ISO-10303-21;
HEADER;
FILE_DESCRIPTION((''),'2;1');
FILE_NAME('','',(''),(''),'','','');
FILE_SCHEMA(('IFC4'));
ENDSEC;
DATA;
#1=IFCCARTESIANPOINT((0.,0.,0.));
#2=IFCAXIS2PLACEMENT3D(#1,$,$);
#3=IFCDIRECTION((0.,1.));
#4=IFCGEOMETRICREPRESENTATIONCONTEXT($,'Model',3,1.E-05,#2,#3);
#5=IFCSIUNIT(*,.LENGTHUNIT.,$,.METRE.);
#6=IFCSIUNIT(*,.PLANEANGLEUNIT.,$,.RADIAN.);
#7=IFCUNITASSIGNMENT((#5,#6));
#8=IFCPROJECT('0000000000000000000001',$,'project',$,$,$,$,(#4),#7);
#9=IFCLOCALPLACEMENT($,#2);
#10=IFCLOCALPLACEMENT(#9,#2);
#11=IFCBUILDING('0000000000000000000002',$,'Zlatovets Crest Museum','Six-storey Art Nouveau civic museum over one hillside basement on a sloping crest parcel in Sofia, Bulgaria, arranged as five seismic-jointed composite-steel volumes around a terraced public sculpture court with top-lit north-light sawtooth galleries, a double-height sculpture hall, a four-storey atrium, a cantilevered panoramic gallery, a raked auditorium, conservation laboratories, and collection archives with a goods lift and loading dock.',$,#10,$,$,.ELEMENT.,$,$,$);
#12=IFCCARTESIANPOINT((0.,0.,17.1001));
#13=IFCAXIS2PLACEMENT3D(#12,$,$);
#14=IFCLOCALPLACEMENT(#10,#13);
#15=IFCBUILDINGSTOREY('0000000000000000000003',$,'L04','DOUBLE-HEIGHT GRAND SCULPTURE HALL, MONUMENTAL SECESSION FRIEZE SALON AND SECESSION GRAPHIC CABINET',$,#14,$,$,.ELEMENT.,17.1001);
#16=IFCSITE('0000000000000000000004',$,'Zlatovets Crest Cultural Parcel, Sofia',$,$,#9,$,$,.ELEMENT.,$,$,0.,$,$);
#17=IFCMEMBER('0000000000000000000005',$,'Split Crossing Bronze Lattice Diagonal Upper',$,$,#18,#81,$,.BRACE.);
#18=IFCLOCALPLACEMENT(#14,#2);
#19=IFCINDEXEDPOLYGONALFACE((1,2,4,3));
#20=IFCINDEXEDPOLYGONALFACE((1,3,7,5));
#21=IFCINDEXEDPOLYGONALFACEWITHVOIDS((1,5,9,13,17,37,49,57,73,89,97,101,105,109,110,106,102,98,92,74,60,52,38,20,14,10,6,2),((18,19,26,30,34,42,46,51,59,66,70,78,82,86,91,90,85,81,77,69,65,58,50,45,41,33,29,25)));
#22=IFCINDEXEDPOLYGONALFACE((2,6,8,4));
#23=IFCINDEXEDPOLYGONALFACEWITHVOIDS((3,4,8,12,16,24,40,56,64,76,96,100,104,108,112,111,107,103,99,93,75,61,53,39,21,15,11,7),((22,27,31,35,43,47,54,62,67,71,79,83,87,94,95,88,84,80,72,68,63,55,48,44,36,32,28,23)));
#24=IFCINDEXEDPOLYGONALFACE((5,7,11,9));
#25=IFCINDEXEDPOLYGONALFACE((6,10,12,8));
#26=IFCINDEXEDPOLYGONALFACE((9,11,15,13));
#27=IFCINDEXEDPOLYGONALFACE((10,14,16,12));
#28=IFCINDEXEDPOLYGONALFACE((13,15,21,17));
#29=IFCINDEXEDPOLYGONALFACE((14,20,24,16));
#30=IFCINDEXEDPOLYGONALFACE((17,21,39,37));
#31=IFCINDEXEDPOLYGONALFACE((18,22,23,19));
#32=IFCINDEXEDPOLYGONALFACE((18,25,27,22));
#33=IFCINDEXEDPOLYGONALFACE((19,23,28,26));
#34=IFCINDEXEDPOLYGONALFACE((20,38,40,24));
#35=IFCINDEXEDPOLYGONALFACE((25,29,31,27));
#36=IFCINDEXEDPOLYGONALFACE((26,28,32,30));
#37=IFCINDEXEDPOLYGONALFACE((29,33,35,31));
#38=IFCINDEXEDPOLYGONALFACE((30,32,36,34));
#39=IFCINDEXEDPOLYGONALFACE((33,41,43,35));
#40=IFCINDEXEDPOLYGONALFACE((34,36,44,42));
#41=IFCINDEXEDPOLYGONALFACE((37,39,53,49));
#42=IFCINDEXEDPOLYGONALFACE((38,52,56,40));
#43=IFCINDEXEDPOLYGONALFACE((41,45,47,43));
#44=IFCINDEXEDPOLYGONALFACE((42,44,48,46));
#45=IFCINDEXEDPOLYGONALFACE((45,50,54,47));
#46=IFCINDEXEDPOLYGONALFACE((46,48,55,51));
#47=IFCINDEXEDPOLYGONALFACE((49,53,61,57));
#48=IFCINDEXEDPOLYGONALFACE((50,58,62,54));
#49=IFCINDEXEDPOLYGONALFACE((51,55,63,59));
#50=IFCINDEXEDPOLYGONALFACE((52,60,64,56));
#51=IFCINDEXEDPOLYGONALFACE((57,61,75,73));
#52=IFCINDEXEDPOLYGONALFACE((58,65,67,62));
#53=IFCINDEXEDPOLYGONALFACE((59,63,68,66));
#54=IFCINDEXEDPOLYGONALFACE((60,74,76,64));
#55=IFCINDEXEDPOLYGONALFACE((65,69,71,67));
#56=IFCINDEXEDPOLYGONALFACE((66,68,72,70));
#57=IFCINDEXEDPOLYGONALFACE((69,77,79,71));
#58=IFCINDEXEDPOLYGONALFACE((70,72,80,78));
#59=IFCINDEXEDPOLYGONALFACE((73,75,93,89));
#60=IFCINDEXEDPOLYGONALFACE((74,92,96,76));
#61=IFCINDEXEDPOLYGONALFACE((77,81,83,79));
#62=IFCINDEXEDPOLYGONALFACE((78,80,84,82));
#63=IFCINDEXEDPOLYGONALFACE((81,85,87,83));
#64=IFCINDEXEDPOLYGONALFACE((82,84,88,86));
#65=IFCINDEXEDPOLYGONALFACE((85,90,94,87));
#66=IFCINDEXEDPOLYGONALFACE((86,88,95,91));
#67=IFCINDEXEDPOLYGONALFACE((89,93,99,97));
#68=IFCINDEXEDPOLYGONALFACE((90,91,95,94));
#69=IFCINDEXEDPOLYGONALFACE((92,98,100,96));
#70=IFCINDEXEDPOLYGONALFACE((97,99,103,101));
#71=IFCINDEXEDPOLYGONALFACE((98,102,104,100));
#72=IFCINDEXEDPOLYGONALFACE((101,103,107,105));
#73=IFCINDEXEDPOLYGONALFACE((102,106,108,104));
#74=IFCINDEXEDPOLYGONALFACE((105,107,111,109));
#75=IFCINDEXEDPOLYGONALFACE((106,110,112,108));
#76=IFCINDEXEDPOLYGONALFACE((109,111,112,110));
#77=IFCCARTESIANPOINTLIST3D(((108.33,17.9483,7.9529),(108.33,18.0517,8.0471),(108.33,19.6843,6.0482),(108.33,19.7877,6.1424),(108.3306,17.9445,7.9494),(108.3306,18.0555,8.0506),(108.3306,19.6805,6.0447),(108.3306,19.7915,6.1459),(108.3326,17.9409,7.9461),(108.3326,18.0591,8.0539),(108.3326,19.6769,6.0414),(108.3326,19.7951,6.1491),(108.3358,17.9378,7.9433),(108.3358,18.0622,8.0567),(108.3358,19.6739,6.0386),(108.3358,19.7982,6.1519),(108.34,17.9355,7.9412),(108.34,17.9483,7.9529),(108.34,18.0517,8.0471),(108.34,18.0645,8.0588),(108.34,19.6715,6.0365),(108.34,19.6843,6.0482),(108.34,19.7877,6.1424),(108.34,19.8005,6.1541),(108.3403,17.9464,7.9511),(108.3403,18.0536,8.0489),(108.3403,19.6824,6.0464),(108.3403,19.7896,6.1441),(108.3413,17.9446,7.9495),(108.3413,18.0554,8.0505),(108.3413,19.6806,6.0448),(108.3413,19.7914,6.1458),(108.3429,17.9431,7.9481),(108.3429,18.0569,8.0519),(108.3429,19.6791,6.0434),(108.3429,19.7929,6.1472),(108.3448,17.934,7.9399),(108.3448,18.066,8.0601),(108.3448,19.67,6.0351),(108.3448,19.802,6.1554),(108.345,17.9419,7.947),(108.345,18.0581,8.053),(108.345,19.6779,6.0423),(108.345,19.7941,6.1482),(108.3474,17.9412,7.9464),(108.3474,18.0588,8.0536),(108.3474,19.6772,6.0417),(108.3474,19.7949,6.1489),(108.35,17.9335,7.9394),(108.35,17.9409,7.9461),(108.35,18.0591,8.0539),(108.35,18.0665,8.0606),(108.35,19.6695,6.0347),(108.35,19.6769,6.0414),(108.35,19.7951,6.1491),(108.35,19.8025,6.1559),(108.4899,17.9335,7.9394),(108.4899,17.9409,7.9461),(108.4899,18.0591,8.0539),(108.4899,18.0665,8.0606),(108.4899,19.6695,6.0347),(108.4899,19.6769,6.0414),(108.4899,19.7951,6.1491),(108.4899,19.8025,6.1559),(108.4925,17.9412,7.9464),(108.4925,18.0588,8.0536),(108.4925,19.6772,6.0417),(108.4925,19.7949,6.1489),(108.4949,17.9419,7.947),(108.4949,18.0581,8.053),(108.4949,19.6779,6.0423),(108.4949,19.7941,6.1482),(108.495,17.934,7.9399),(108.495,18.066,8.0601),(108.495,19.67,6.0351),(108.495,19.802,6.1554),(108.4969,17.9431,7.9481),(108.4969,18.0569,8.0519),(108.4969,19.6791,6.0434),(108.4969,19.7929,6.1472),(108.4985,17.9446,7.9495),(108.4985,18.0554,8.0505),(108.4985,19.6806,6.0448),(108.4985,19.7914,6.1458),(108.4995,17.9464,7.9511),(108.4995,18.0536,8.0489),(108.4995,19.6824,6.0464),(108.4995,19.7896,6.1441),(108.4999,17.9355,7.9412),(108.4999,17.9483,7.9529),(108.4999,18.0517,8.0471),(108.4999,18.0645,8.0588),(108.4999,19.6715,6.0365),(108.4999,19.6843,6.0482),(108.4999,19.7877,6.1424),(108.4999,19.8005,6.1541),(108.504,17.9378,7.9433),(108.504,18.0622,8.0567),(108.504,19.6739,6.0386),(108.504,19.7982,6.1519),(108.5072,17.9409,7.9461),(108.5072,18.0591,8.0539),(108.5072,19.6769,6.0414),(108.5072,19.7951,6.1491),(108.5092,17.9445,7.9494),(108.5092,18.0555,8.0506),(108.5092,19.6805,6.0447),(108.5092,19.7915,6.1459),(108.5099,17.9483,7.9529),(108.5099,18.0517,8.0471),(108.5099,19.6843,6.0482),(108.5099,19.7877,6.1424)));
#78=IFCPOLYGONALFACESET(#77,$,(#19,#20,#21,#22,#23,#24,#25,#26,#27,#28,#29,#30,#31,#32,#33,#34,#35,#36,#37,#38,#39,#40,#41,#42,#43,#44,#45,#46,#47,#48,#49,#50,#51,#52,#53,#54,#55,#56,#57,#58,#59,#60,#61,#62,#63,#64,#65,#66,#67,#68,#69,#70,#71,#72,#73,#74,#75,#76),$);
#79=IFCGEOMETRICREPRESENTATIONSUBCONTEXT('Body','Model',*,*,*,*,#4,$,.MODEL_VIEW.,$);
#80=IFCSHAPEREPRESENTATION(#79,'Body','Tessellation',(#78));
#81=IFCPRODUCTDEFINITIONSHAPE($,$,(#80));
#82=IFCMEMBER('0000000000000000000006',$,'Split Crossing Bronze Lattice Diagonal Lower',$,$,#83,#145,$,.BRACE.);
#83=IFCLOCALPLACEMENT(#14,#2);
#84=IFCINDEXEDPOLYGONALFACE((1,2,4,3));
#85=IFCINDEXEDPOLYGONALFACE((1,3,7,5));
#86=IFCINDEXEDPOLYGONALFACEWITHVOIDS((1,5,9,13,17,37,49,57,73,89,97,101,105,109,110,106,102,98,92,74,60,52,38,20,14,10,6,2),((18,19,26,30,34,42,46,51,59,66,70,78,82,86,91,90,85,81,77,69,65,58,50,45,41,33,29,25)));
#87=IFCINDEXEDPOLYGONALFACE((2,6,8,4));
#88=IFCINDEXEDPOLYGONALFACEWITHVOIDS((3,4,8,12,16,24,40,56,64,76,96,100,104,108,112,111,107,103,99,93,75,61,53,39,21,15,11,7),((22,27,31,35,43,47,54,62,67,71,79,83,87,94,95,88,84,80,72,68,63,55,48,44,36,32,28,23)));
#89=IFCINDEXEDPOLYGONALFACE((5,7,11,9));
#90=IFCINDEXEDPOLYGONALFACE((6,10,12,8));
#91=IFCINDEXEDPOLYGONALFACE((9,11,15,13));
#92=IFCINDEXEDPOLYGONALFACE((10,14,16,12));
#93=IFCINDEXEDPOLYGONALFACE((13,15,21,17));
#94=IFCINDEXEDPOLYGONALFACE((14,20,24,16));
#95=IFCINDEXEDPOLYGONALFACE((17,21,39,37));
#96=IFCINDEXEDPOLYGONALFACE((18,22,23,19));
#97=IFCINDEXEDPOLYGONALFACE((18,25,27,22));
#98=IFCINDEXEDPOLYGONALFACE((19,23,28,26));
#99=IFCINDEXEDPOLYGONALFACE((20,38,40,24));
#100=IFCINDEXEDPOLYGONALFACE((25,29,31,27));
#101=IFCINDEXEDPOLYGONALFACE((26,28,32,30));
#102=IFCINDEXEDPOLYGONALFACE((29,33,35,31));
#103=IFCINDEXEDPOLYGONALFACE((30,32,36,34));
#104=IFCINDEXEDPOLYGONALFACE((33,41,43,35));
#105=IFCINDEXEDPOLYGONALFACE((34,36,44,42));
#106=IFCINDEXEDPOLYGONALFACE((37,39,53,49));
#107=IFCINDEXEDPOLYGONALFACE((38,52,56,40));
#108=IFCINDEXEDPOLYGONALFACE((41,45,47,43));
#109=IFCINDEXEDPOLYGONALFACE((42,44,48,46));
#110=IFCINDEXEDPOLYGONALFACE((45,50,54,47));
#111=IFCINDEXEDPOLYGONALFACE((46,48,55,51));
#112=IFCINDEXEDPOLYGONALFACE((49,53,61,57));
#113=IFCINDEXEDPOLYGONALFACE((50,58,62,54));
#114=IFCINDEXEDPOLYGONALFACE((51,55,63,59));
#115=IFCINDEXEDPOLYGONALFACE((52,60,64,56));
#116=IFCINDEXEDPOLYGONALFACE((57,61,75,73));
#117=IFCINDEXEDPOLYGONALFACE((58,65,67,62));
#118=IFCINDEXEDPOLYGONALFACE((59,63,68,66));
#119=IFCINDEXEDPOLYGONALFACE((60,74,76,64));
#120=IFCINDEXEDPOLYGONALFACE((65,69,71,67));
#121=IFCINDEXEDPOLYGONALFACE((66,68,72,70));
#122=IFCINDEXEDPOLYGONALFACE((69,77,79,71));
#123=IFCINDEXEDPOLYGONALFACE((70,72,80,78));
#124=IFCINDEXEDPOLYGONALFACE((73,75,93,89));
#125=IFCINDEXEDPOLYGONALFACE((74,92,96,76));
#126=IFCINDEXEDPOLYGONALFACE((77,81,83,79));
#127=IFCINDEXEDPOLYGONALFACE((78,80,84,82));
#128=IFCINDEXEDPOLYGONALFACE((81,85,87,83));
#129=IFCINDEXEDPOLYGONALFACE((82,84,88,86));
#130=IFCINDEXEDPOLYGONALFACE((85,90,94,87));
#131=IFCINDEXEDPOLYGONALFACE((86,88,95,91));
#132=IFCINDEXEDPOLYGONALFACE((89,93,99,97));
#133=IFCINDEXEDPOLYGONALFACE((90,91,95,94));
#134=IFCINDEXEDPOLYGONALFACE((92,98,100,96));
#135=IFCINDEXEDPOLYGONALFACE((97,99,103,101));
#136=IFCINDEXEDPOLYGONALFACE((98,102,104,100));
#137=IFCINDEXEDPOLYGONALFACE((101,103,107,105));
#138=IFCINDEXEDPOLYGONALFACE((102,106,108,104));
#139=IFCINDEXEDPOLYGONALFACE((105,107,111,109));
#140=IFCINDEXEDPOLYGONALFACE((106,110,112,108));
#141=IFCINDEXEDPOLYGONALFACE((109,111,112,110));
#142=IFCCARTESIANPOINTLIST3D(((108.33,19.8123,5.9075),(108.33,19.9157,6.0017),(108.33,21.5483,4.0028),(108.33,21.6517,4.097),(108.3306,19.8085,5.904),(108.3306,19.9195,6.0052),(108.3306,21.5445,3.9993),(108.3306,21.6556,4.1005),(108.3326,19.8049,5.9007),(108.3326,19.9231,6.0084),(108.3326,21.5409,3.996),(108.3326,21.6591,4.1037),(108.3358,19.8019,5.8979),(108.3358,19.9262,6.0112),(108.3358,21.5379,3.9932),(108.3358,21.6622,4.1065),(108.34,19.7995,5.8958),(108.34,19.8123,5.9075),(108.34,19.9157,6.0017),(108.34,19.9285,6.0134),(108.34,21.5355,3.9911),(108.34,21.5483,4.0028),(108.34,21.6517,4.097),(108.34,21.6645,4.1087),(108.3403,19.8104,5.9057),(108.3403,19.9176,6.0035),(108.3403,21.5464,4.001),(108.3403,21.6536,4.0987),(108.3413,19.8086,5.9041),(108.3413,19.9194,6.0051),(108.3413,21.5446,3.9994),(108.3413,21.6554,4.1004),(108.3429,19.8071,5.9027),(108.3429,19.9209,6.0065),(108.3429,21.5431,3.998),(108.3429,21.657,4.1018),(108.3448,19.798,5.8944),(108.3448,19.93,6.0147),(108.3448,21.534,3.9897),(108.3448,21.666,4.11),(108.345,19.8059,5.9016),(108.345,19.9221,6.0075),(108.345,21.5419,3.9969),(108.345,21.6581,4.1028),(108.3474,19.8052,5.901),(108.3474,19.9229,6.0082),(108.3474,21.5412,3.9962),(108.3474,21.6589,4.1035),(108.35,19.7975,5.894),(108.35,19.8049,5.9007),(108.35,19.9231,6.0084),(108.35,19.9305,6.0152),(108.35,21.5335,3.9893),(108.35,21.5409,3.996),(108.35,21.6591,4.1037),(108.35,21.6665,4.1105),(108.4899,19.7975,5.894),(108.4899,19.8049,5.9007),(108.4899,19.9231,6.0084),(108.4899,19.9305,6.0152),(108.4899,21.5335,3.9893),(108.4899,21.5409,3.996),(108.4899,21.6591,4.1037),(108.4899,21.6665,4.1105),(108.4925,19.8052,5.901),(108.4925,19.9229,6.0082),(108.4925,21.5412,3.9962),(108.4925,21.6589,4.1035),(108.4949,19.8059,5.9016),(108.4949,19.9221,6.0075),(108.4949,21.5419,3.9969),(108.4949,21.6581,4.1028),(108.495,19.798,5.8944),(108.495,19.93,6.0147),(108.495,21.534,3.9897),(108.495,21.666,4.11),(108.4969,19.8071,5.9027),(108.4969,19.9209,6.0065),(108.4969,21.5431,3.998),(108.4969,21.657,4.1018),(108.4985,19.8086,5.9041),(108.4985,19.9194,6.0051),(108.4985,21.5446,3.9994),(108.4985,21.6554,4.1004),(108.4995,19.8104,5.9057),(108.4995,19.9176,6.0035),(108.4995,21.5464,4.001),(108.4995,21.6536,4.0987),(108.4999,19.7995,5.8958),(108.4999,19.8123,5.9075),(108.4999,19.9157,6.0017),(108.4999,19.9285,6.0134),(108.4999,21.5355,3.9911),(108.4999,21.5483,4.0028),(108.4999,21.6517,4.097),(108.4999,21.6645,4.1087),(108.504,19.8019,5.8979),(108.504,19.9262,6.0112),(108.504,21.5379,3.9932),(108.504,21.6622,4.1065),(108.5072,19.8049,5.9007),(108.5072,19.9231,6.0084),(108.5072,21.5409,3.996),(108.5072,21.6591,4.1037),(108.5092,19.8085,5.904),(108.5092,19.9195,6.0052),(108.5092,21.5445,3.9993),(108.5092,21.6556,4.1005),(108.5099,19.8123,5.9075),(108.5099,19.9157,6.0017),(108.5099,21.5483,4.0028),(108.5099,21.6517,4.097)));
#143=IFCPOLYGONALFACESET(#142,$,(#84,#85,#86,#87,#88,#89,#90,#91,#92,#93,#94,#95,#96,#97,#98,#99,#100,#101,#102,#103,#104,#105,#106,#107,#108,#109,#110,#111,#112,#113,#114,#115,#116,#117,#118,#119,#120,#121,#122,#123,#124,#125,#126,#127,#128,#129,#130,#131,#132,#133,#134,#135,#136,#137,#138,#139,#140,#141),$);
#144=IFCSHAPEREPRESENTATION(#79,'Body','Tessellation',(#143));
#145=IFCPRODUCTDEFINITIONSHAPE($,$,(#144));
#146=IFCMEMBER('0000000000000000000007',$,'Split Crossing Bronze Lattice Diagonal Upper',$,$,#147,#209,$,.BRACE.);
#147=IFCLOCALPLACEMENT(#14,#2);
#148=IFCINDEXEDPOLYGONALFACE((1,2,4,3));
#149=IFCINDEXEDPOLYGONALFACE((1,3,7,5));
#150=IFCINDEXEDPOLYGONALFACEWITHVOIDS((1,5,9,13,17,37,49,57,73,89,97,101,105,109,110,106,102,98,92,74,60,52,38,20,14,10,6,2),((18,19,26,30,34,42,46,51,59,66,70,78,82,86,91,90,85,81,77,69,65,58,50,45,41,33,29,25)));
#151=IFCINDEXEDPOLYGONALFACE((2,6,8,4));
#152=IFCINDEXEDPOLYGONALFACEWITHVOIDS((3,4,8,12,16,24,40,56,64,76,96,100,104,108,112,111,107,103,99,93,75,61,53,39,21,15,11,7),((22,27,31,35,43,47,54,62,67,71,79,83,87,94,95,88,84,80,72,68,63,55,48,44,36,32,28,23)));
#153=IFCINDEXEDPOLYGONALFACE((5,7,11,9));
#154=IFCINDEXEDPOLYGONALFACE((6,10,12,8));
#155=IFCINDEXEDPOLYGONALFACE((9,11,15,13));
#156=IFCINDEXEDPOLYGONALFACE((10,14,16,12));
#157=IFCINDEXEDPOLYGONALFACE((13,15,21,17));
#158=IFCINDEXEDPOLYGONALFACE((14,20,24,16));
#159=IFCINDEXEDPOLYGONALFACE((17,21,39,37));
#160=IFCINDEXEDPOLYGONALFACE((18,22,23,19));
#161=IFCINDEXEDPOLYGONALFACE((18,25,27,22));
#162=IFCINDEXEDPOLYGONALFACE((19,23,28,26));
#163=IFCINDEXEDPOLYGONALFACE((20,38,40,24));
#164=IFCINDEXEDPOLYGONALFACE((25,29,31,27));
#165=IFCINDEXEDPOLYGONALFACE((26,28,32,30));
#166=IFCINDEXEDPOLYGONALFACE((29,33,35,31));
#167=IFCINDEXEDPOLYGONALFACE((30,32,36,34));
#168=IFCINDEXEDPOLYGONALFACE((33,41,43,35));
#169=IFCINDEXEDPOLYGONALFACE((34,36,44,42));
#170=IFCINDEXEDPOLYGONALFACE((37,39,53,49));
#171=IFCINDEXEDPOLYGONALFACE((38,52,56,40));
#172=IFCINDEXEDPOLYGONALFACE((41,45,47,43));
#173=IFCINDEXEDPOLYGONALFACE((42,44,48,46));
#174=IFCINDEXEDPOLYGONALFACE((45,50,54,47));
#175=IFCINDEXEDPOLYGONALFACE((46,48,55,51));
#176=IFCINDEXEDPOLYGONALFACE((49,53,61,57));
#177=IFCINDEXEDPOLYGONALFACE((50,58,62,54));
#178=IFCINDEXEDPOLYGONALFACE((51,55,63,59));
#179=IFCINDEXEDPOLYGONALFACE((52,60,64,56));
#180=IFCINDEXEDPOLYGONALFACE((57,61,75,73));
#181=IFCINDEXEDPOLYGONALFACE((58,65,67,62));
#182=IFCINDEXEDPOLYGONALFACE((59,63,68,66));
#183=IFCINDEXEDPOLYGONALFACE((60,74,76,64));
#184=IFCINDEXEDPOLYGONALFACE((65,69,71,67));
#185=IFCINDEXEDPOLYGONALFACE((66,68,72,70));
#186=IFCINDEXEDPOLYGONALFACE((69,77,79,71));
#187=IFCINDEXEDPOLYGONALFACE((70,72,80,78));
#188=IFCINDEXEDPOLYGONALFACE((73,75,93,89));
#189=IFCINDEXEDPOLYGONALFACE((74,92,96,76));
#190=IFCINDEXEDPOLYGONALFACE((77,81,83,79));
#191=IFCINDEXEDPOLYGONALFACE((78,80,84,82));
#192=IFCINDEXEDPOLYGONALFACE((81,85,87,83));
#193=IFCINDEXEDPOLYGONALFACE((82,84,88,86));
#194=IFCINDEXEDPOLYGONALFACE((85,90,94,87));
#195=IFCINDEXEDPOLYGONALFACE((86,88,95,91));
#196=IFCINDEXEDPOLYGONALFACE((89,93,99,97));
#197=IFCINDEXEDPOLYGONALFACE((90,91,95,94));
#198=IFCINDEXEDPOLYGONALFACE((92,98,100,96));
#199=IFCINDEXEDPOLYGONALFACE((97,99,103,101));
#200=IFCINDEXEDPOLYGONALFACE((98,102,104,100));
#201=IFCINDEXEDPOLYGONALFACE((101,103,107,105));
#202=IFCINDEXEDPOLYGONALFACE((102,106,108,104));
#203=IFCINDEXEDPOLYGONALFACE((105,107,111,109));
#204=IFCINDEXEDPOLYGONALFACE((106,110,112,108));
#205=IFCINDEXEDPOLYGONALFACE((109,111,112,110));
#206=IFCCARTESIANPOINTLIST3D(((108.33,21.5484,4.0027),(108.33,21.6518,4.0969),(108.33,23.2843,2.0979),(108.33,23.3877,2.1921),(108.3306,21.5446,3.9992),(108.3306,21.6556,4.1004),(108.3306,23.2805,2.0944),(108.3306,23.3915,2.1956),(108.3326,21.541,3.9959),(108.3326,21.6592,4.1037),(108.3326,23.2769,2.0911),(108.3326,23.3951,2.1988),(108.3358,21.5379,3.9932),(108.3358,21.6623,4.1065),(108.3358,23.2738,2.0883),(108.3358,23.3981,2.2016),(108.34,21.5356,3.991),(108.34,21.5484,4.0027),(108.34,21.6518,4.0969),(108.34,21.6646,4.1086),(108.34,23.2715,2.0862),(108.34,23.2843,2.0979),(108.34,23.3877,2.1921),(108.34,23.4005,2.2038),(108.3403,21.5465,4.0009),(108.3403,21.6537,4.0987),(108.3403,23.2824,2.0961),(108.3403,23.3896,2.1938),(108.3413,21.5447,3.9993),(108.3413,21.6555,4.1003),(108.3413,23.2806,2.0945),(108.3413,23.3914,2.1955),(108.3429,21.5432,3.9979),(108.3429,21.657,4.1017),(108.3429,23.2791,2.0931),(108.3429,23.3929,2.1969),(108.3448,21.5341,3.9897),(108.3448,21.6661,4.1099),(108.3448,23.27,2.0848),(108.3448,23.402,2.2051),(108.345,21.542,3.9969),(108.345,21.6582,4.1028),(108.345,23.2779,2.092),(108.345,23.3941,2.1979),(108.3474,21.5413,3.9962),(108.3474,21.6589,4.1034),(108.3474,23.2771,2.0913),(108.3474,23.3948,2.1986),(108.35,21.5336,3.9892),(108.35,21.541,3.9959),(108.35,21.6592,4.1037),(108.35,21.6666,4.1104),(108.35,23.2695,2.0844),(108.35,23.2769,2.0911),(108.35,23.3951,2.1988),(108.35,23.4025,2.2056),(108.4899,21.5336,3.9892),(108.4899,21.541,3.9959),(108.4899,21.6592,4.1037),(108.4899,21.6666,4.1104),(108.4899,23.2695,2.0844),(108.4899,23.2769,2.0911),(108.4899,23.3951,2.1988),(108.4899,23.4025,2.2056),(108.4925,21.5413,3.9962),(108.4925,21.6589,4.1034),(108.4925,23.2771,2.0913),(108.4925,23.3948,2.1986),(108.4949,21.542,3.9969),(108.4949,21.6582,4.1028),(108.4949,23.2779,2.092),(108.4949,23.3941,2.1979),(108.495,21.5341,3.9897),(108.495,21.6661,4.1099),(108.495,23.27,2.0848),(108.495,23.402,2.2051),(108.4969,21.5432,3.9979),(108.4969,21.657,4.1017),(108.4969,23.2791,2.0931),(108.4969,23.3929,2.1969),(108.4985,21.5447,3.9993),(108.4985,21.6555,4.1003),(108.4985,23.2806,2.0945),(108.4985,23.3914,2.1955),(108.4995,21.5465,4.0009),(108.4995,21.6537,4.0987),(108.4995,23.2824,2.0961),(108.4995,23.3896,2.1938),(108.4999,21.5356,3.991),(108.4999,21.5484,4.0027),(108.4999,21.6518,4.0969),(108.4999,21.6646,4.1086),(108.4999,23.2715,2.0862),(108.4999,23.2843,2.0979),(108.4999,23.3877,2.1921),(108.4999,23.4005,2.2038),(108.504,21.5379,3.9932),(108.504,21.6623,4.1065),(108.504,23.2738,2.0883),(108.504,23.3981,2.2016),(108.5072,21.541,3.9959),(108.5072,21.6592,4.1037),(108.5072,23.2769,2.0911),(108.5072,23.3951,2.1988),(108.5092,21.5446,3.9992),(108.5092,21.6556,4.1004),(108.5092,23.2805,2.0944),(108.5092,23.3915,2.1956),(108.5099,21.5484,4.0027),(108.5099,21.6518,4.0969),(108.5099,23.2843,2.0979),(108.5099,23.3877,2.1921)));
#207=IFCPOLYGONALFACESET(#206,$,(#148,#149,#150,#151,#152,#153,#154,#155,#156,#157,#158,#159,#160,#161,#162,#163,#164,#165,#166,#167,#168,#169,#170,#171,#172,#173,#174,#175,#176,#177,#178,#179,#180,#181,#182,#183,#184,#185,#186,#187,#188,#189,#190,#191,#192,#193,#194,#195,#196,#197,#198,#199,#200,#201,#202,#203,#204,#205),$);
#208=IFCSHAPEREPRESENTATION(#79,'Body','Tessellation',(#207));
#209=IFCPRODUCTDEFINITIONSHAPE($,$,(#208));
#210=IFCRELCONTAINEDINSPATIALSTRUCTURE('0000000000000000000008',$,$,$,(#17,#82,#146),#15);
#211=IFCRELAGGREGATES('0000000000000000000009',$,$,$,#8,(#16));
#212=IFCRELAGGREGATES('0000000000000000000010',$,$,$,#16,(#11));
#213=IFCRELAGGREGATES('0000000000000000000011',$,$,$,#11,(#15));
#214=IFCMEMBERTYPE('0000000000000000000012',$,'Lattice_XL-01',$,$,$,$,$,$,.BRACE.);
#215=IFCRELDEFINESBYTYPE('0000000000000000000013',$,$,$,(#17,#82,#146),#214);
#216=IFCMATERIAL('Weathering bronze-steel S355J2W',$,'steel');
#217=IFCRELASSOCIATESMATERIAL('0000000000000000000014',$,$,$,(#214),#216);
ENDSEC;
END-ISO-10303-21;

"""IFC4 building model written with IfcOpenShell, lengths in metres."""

from ifc_helpers import new_model, si_unit, direction, frame, origin, origin_2d, place, context, subcontext, project, spatial, hollow_rectangle, extrude, material, material_profile, profile_set, type_object, element, save


model = new_model("IFC4")

# Units and contexts
model_context = context("Model", 3, precision=1e-05, world=origin(), true_north=direction((0.0, 1.0)))
body_context = subcontext(model_context, "Body", "Model", "MODEL_VIEW")
ifc_project = project(units=[si_unit("LENGTHUNIT", "METRE"), si_unit("PLANEANGLEUNIT", "RADIAN")], contexts=[model_context])

# Site, building, storey
site_placement = place(None, origin())
site = spatial("IfcSite", under=ifc_project, at=site_placement, Name="Zlatovets Crest Cultural Parcel, Sofia", CompositionType="ELEMENT", RefElevation=0.0)
building_placement = place(site_placement, origin())
building = spatial("IfcBuilding", under=site, at=building_placement, Name="Zlatovets Crest Museum", Description="Six-storey Art Nouveau civic museum over one hillside basement on a sloping crest parcel in Sofia, Bulgaria, arranged as five seismic-jointed composite-steel volumes around a terraced public sculpture court with top-lit north-light sawtooth galleries, a double-height sculpture hall, a four-storey atrium, a cantilevered panoramic gallery, a raked auditorium, conservation laboratories, and collection archives with a goods lift and loading dock.", CompositionType="ELEMENT")
storey_placement = place(building_placement, frame((0.0, 0.0, 17.1001)))
storey = spatial("IfcBuildingStorey", under=building, at=storey_placement, Name="L04", Description="DOUBLE-HEIGHT GRAND SCULPTURE HALL, MONUMENTAL SECESSION FRIEZE SALON AND SECESSION GRAPHIC CABINET", CompositionType="ELEMENT", Elevation=17.1001)

# Members
ifc_material_1 = material(Name="Weathering bronze-steel S355J2W", Category="steel")
ifc_material_profile_1 = material_profile(ifc_material_1, hollow_rectangle(XDim=0.1799, YDim=0.1799, WallThickness=0.01, InnerFilletRadius=0.01, OuterFilletRadius=0.02, at=origin_2d()), Name="SHS 180x180x10.0")
ifc_profile_set_1 = profile_set([ifc_material_profile_1], Name="Weathering bronze-steel S355J2W")
member_type_1 = type_object("IfcMemberType", Name="Lattice_XL-01", PredefinedType="BRACE", material=ifc_profile_set_1)
for number, where, z_axis, x_axis, name in (
    (1, (108.4199, 18.0, 8.0), (0.0, 0.67362, -0.739078), (-1.0, 0.0, 0.0), "Split Crossing Bronze Lattice Diagonal Upper"),
    (2, (108.4199, 19.864, 5.9546), (0.0, 0.67362, -0.739078), (-1.0, 0.0, 0.0), "Split Crossing Bronze Lattice Diagonal Lower"),
    (3, (108.4199, 21.6001, 4.0498), (0.0, 0.673568, -0.739125), (-1.0, 0.0, 0.0), "Split Crossing Bronze Lattice Diagonal Upper"),
):
    element("IfcMember", number, at=place(storey_placement, frame(where, z_axis=z_axis, x_axis=x_axis)), inside=storey, type_object=member_type_1, Name=name, PredefinedType="BRACE", context=body_context, shape_type="SweptSolid", body=[
        extrude(hollow_rectangle(XDim=0.1799, YDim=0.1799, WallThickness=0.01, InnerFilletRadius=0.01, OuterFilletRadius=0.02, at=origin_2d()), origin(), (0.0, 0.0, 1.0), 2.5771),
    ])

save(model, "model.ifc")
